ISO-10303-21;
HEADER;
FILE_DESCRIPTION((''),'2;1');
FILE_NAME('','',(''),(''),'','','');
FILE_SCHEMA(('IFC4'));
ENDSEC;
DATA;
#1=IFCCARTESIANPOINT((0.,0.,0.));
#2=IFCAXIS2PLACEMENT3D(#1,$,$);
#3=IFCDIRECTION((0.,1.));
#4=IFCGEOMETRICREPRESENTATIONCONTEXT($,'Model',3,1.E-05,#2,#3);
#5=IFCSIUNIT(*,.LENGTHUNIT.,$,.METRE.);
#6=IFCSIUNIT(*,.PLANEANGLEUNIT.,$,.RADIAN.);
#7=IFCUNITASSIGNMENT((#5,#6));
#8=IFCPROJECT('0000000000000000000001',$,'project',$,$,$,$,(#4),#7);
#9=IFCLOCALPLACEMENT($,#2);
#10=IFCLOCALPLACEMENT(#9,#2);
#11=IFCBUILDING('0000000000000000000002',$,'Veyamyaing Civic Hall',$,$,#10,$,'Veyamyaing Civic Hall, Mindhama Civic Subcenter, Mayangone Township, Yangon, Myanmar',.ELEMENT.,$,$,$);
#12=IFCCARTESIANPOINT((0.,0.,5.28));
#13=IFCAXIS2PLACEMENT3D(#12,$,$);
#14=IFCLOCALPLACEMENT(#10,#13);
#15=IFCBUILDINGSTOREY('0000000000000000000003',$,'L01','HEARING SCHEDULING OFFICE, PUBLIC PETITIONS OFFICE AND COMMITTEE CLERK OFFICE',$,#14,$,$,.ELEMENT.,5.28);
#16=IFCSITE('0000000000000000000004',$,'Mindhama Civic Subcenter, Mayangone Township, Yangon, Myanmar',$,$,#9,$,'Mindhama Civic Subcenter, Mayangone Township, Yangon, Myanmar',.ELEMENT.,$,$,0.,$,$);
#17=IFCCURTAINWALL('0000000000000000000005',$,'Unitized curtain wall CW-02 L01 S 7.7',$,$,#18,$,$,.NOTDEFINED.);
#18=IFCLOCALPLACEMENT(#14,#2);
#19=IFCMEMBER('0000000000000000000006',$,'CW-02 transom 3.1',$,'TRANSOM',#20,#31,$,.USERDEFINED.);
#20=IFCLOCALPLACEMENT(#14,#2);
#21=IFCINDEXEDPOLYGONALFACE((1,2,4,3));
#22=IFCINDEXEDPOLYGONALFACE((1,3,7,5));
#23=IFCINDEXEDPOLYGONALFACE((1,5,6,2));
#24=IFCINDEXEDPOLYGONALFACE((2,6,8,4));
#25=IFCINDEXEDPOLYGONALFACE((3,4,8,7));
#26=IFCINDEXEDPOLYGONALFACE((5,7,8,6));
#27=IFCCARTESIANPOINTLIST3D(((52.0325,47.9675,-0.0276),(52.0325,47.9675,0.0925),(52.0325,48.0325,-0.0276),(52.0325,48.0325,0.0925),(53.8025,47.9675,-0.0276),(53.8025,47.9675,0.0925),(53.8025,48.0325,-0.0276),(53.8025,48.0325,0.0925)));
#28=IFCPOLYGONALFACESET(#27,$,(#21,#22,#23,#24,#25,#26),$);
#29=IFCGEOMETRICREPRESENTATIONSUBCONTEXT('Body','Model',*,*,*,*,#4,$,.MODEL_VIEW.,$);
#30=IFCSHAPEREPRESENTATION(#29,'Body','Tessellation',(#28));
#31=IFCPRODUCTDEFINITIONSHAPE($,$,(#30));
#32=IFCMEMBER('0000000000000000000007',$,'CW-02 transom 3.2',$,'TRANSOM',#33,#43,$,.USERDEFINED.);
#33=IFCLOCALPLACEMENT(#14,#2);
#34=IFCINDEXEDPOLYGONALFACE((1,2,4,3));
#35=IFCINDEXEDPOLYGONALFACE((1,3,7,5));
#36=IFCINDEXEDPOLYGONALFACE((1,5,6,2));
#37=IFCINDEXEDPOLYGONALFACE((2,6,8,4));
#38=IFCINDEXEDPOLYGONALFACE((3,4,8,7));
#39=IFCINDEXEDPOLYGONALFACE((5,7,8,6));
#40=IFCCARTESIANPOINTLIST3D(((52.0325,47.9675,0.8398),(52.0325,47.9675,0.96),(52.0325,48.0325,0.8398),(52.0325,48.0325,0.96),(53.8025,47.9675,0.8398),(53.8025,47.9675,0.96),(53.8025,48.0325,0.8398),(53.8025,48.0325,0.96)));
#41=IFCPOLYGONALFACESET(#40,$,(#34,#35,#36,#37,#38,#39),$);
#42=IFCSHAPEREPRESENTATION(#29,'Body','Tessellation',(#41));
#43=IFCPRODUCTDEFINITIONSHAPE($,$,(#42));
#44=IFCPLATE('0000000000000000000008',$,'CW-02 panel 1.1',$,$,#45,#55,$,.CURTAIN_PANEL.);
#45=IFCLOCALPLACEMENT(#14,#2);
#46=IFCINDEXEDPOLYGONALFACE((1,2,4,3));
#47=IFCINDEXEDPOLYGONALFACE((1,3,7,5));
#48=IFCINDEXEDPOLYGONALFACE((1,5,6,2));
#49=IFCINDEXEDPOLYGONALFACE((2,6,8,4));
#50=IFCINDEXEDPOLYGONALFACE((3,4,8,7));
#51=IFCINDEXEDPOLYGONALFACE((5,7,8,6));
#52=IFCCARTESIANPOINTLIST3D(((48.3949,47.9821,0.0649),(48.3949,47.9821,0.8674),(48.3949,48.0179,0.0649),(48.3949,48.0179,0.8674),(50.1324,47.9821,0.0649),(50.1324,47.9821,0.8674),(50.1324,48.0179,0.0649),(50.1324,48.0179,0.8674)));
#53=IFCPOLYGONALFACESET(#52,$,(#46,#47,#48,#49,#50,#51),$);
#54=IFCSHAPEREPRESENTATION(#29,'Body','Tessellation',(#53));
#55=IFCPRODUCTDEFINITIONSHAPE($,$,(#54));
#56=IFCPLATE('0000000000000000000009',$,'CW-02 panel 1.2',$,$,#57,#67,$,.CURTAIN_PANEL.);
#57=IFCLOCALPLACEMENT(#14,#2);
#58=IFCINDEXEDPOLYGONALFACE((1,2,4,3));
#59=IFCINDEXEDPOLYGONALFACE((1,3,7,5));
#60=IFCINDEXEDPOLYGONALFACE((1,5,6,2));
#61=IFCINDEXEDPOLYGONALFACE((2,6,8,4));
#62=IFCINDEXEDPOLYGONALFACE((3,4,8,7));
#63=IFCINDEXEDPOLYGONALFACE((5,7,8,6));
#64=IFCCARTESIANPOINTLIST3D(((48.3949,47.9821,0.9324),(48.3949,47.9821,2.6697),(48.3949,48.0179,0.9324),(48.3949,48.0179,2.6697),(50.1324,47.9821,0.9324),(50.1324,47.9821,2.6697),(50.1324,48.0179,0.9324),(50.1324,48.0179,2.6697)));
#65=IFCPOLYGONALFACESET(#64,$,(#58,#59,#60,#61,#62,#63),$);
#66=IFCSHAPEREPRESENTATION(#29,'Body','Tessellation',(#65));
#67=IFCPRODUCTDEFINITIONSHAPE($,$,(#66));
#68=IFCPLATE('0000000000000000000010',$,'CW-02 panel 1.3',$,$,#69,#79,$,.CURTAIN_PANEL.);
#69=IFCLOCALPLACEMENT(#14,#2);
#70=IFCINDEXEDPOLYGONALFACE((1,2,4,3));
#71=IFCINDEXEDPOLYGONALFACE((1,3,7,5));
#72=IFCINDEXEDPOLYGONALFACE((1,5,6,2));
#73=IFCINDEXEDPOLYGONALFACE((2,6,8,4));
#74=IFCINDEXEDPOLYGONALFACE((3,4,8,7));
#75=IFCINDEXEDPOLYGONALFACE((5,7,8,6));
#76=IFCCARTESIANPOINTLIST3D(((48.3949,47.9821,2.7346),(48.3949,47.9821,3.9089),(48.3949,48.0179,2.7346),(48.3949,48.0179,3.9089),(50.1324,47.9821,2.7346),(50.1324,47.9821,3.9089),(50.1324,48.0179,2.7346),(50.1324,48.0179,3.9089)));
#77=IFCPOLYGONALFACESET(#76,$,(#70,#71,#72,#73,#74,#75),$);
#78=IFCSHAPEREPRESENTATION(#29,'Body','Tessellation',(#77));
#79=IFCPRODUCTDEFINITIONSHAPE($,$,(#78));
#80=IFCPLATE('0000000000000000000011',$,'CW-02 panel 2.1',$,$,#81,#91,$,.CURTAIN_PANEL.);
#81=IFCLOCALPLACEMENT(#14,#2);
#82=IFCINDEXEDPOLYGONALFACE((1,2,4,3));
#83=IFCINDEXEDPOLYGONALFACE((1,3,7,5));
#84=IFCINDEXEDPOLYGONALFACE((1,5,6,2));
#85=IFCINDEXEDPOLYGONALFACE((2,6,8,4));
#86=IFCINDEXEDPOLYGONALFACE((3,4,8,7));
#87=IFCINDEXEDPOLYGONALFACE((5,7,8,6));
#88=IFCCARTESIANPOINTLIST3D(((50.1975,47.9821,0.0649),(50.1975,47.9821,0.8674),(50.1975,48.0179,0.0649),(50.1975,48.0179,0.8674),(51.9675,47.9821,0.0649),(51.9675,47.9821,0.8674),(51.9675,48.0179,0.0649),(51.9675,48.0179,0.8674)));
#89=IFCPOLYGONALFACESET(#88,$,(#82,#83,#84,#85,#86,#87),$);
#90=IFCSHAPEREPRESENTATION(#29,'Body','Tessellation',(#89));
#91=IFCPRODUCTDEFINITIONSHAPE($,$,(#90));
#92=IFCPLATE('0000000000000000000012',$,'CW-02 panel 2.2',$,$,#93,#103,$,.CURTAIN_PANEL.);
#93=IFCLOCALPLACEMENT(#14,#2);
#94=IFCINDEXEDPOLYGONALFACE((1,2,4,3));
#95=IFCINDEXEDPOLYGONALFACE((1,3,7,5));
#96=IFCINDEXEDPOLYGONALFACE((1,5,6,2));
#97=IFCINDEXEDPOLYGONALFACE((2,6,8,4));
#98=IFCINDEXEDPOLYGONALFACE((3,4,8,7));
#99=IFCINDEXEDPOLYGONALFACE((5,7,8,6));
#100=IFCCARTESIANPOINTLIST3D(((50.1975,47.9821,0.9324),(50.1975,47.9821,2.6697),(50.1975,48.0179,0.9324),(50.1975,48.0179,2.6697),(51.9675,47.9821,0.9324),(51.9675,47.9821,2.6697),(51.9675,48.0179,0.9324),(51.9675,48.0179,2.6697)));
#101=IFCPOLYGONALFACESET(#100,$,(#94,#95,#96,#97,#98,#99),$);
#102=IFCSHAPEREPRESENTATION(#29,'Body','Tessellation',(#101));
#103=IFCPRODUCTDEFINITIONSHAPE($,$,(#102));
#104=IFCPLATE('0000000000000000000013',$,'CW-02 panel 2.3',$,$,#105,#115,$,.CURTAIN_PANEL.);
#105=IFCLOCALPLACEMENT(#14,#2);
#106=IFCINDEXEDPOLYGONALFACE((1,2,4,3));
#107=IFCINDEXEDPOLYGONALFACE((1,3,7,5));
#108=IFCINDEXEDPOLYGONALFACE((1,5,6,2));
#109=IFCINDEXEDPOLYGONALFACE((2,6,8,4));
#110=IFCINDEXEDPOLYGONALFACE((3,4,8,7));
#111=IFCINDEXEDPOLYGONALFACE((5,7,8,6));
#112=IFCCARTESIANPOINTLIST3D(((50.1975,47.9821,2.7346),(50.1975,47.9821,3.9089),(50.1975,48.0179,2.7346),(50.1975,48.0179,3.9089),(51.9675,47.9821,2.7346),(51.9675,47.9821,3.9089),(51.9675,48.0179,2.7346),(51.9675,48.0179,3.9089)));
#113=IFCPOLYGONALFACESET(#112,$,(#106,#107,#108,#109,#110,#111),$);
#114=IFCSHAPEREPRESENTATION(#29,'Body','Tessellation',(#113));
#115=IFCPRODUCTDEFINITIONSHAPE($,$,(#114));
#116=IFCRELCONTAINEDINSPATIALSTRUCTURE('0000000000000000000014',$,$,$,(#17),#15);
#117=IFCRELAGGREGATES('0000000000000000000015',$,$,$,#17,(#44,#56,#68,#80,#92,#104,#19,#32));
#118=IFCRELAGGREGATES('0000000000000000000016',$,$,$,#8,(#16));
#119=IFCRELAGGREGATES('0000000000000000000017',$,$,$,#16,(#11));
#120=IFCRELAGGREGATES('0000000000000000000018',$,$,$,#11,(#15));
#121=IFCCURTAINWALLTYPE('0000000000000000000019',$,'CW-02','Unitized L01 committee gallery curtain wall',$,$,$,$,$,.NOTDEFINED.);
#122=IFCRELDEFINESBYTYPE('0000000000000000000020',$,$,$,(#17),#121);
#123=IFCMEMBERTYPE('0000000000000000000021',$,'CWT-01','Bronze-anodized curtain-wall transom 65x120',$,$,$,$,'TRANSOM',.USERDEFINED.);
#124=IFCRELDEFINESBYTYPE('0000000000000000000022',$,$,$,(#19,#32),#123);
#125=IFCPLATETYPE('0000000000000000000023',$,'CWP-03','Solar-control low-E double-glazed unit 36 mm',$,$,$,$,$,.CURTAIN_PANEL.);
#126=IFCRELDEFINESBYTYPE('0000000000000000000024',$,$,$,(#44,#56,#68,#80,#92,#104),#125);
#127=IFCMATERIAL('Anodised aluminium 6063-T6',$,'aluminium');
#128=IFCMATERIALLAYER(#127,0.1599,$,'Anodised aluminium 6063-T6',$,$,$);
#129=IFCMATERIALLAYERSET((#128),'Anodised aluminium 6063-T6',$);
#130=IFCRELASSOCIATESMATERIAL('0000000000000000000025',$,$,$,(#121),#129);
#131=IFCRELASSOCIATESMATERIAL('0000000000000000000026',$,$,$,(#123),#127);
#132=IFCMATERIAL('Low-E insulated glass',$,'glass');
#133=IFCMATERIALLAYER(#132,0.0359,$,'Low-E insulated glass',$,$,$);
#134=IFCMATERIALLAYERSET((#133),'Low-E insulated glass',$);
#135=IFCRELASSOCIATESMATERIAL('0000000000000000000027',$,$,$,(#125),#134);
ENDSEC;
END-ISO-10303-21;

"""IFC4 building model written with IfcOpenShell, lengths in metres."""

from ifc_helpers import new_model, si_unit, direction, frame, origin, origin_2d, place, context, subcontext, project, spatial, rectangle, extrude, material, layer, layer_set, material_profile, profile_set, type_object, element, aggregate, save


model = new_model("IFC4")

# Units and contexts
model_context = context("Model", 3, precision=1e-05, world=origin(), true_north=direction((0.0, 1.0)))
body_context = subcontext(model_context, "Body", "Model", "MODEL_VIEW")
ifc_project = project(units=[si_unit("LENGTHUNIT", "METRE"), si_unit("PLANEANGLEUNIT", "RADIAN")], contexts=[model_context])

# Site, building, storey
site_placement = place(None, origin())
site = spatial("IfcSite", under=ifc_project, at=site_placement, Name="Mindhama Civic Subcenter, Mayangone Township, Yangon, Myanmar", LongName="Mindhama Civic Subcenter, Mayangone Township, Yangon, Myanmar", CompositionType="ELEMENT", RefElevation=0.0)
building_placement = place(site_placement, origin())
building = spatial("IfcBuilding", under=site, at=building_placement, Name="Veyamyaing Civic Hall", LongName="Veyamyaing Civic Hall, Mindhama Civic Subcenter, Mayangone Township, Yangon, Myanmar", CompositionType="ELEMENT")
storey_placement = place(building_placement, frame((0.0, 0.0, 5.28)))
storey = spatial("IfcBuildingStorey", under=building, at=storey_placement, Name="L01", Description="HEARING SCHEDULING OFFICE, PUBLIC PETITIONS OFFICE AND COMMITTEE CLERK OFFICE", CompositionType="ELEMENT", Elevation=5.28)

# Curtain wall, members, plates
ifc_material_1 = material(Name="Anodised aluminium 6063-T6", Category="aluminium")
ifc_layer_1 = layer(ifc_material_1, 0.1599, Name="Anodised aluminium 6063-T6")
ifc_layer_set_1 = layer_set([ifc_layer_1], Name="Anodised aluminium 6063-T6")
curtain_wall_type = type_object("IfcCurtainWallType", Name="CW-02", Description="Unitized L01 committee gallery curtain wall", PredefinedType="NOTDEFINED", material=ifc_layer_set_1)
curtain_wall_placement = place(storey_placement, origin())
curtain_wall = element("IfcCurtainWall", 1, at=curtain_wall_placement, inside=storey, type_object=curtain_wall_type, Name="Unitized curtain wall CW-02 L01 S 7.7", PredefinedType="NOTDEFINED")
ifc_material_profile_1 = material_profile(ifc_material_1, rectangle(XDim=0.0649, YDim=0.1201, at=origin_2d()), Name="ALU-TRN-65X120")
ifc_profile_set_1 = profile_set([ifc_material_profile_1], Name="Anodised aluminium 6063-T6")
member_type_1 = type_object("IfcMemberType", Name="CWT-01", Description="Bronze-anodized curtain-wall transom 65x120", ElementType="TRANSOM", PredefinedType="USERDEFINED", material=ifc_profile_set_1)
member_1_placement = place(storey_placement, frame((52.0325, 48.0, 0.0325), z_axis=(1.0, 0.0, 0.0), x_axis=(0.0, 1.0, 0.0)))
member_1 = element("IfcMember", 2, at=member_1_placement, type_object=member_type_1, Name="CW-02 transom 3.1", ObjectType="TRANSOM", PredefinedType="USERDEFINED", context=body_context, shape_type="SweptSolid", body=[
    extrude(rectangle(XDim=0.0649, YDim=0.1201, at=origin_2d()), origin(), (0.0, 0.0, 1.0), 1.77),
])
member_2_placement = place(storey_placement, frame((52.0325, 48.0, 0.8999), z_axis=(1.0, 0.0, 0.0), x_axis=(0.0, 1.0, 0.0)))
member_2 = element("IfcMember", 3, at=member_2_placement, type_object=member_type_1, Name="CW-02 transom 3.2", ObjectType="TRANSOM", PredefinedType="USERDEFINED", context=body_context, shape_type="SweptSolid", body=[
    extrude(rectangle(XDim=0.0649, YDim=0.1201, at=origin_2d()), origin(), (0.0, 0.0, 1.0), 1.77),
])
ifc_material_2 = material(Name="Low-E insulated glass", Category="glass")
ifc_layer_2 = layer(ifc_material_2, 0.0359, Name="Low-E insulated glass")
ifc_layer_set_2 = layer_set([ifc_layer_2], Name="Low-E insulated glass")
plate_type = type_object("IfcPlateType", Name="CWP-03", Description="Solar-control low-E double-glazed unit 36 mm", PredefinedType="CURTAIN_PANEL", material=ifc_layer_set_2)
plate_1_placement = place(storey_placement, frame((49.2637, 48.0, 0.0649), z_axis=(0.0, 0.0, 1.0), x_axis=(1.0, 0.0, 0.0)))
plate_1 = element("IfcPlate", 4, at=plate_1_placement, type_object=plate_type, Name="CW-02 panel 1.1", PredefinedType="CURTAIN_PANEL", context=body_context, shape_type="SweptSolid", body=[
    extrude(rectangle(XDim=1.7375, YDim=0.0359, at=origin_2d()), origin(), (0.0, 0.0, 1.0), 0.8025),
])
plate_2_placement = place(storey_placement, frame((49.2637, 48.0, 0.9324), z_axis=(0.0, 0.0, 1.0), x_axis=(1.0, 0.0, 0.0)))
plate_2 = element("IfcPlate", 5, at=plate_2_placement, type_object=plate_type, Name="CW-02 panel 1.2", PredefinedType="CURTAIN_PANEL", context=body_context, shape_type="SweptSolid", body=[
    extrude(rectangle(XDim=1.7375, YDim=0.0359, at=origin_2d()), origin(), (0.0, 0.0, 1.0), 1.7373),
])
plate_3_placement = place(storey_placement, frame((49.2637, 48.0, 2.7346), z_axis=(0.0, 0.0, 1.0), x_axis=(1.0, 0.0, 0.0)))
plate_3 = element("IfcPlate", 6, at=plate_3_placement, type_object=plate_type, Name="CW-02 panel 1.3", PredefinedType="CURTAIN_PANEL", context=body_context, shape_type="SweptSolid", body=[
    extrude(rectangle(XDim=1.7375, YDim=0.0359, at=origin_2d()), origin(), (0.0, 0.0, 1.0), 1.1743),
])
plate_4_placement = place(storey_placement, frame((51.0825, 48.0, 0.0649), z_axis=(0.0, 0.0, 1.0), x_axis=(1.0, 0.0, 0.0)))
plate_4 = element("IfcPlate", 7, at=plate_4_placement, type_object=plate_type, Name="CW-02 panel 2.1", PredefinedType="CURTAIN_PANEL", context=body_context, shape_type="SweptSolid", body=[
    extrude(rectangle(XDim=1.77, YDim=0.0359, at=origin_2d()), origin(), (0.0, 0.0, 1.0), 0.8025),
])
plate_5_placement = place(storey_placement, frame((51.0825, 48.0, 0.9324), z_axis=(0.0, 0.0, 1.0), x_axis=(1.0, 0.0, 0.0)))
plate_5 = element("IfcPlate", 8, at=plate_5_placement, type_object=plate_type, Name="CW-02 panel 2.2", PredefinedType="CURTAIN_PANEL", context=body_context, shape_type="SweptSolid", body=[
    extrude(rectangle(XDim=1.77, YDim=0.0359, at=origin_2d()), origin(), (0.0, 0.0, 1.0), 1.7373),
])
plate_6_placement = place(storey_placement, frame((51.0825, 48.0, 2.7346), z_axis=(0.0, 0.0, 1.0), x_axis=(1.0, 0.0, 0.0)))
plate_6 = element("IfcPlate", 9, at=plate_6_placement, type_object=plate_type, Name="CW-02 panel 2.3", PredefinedType="CURTAIN_PANEL", context=body_context, shape_type="SweptSolid", body=[
    extrude(rectangle(XDim=1.77, YDim=0.0359, at=origin_2d()), origin(), (0.0, 0.0, 1.0), 1.1743),
])
aggregate(curtain_wall, [plate_1, plate_2, plate_3, plate_4, plate_5, plate_6, member_1, member_2])

save(model, "model.ifc")
